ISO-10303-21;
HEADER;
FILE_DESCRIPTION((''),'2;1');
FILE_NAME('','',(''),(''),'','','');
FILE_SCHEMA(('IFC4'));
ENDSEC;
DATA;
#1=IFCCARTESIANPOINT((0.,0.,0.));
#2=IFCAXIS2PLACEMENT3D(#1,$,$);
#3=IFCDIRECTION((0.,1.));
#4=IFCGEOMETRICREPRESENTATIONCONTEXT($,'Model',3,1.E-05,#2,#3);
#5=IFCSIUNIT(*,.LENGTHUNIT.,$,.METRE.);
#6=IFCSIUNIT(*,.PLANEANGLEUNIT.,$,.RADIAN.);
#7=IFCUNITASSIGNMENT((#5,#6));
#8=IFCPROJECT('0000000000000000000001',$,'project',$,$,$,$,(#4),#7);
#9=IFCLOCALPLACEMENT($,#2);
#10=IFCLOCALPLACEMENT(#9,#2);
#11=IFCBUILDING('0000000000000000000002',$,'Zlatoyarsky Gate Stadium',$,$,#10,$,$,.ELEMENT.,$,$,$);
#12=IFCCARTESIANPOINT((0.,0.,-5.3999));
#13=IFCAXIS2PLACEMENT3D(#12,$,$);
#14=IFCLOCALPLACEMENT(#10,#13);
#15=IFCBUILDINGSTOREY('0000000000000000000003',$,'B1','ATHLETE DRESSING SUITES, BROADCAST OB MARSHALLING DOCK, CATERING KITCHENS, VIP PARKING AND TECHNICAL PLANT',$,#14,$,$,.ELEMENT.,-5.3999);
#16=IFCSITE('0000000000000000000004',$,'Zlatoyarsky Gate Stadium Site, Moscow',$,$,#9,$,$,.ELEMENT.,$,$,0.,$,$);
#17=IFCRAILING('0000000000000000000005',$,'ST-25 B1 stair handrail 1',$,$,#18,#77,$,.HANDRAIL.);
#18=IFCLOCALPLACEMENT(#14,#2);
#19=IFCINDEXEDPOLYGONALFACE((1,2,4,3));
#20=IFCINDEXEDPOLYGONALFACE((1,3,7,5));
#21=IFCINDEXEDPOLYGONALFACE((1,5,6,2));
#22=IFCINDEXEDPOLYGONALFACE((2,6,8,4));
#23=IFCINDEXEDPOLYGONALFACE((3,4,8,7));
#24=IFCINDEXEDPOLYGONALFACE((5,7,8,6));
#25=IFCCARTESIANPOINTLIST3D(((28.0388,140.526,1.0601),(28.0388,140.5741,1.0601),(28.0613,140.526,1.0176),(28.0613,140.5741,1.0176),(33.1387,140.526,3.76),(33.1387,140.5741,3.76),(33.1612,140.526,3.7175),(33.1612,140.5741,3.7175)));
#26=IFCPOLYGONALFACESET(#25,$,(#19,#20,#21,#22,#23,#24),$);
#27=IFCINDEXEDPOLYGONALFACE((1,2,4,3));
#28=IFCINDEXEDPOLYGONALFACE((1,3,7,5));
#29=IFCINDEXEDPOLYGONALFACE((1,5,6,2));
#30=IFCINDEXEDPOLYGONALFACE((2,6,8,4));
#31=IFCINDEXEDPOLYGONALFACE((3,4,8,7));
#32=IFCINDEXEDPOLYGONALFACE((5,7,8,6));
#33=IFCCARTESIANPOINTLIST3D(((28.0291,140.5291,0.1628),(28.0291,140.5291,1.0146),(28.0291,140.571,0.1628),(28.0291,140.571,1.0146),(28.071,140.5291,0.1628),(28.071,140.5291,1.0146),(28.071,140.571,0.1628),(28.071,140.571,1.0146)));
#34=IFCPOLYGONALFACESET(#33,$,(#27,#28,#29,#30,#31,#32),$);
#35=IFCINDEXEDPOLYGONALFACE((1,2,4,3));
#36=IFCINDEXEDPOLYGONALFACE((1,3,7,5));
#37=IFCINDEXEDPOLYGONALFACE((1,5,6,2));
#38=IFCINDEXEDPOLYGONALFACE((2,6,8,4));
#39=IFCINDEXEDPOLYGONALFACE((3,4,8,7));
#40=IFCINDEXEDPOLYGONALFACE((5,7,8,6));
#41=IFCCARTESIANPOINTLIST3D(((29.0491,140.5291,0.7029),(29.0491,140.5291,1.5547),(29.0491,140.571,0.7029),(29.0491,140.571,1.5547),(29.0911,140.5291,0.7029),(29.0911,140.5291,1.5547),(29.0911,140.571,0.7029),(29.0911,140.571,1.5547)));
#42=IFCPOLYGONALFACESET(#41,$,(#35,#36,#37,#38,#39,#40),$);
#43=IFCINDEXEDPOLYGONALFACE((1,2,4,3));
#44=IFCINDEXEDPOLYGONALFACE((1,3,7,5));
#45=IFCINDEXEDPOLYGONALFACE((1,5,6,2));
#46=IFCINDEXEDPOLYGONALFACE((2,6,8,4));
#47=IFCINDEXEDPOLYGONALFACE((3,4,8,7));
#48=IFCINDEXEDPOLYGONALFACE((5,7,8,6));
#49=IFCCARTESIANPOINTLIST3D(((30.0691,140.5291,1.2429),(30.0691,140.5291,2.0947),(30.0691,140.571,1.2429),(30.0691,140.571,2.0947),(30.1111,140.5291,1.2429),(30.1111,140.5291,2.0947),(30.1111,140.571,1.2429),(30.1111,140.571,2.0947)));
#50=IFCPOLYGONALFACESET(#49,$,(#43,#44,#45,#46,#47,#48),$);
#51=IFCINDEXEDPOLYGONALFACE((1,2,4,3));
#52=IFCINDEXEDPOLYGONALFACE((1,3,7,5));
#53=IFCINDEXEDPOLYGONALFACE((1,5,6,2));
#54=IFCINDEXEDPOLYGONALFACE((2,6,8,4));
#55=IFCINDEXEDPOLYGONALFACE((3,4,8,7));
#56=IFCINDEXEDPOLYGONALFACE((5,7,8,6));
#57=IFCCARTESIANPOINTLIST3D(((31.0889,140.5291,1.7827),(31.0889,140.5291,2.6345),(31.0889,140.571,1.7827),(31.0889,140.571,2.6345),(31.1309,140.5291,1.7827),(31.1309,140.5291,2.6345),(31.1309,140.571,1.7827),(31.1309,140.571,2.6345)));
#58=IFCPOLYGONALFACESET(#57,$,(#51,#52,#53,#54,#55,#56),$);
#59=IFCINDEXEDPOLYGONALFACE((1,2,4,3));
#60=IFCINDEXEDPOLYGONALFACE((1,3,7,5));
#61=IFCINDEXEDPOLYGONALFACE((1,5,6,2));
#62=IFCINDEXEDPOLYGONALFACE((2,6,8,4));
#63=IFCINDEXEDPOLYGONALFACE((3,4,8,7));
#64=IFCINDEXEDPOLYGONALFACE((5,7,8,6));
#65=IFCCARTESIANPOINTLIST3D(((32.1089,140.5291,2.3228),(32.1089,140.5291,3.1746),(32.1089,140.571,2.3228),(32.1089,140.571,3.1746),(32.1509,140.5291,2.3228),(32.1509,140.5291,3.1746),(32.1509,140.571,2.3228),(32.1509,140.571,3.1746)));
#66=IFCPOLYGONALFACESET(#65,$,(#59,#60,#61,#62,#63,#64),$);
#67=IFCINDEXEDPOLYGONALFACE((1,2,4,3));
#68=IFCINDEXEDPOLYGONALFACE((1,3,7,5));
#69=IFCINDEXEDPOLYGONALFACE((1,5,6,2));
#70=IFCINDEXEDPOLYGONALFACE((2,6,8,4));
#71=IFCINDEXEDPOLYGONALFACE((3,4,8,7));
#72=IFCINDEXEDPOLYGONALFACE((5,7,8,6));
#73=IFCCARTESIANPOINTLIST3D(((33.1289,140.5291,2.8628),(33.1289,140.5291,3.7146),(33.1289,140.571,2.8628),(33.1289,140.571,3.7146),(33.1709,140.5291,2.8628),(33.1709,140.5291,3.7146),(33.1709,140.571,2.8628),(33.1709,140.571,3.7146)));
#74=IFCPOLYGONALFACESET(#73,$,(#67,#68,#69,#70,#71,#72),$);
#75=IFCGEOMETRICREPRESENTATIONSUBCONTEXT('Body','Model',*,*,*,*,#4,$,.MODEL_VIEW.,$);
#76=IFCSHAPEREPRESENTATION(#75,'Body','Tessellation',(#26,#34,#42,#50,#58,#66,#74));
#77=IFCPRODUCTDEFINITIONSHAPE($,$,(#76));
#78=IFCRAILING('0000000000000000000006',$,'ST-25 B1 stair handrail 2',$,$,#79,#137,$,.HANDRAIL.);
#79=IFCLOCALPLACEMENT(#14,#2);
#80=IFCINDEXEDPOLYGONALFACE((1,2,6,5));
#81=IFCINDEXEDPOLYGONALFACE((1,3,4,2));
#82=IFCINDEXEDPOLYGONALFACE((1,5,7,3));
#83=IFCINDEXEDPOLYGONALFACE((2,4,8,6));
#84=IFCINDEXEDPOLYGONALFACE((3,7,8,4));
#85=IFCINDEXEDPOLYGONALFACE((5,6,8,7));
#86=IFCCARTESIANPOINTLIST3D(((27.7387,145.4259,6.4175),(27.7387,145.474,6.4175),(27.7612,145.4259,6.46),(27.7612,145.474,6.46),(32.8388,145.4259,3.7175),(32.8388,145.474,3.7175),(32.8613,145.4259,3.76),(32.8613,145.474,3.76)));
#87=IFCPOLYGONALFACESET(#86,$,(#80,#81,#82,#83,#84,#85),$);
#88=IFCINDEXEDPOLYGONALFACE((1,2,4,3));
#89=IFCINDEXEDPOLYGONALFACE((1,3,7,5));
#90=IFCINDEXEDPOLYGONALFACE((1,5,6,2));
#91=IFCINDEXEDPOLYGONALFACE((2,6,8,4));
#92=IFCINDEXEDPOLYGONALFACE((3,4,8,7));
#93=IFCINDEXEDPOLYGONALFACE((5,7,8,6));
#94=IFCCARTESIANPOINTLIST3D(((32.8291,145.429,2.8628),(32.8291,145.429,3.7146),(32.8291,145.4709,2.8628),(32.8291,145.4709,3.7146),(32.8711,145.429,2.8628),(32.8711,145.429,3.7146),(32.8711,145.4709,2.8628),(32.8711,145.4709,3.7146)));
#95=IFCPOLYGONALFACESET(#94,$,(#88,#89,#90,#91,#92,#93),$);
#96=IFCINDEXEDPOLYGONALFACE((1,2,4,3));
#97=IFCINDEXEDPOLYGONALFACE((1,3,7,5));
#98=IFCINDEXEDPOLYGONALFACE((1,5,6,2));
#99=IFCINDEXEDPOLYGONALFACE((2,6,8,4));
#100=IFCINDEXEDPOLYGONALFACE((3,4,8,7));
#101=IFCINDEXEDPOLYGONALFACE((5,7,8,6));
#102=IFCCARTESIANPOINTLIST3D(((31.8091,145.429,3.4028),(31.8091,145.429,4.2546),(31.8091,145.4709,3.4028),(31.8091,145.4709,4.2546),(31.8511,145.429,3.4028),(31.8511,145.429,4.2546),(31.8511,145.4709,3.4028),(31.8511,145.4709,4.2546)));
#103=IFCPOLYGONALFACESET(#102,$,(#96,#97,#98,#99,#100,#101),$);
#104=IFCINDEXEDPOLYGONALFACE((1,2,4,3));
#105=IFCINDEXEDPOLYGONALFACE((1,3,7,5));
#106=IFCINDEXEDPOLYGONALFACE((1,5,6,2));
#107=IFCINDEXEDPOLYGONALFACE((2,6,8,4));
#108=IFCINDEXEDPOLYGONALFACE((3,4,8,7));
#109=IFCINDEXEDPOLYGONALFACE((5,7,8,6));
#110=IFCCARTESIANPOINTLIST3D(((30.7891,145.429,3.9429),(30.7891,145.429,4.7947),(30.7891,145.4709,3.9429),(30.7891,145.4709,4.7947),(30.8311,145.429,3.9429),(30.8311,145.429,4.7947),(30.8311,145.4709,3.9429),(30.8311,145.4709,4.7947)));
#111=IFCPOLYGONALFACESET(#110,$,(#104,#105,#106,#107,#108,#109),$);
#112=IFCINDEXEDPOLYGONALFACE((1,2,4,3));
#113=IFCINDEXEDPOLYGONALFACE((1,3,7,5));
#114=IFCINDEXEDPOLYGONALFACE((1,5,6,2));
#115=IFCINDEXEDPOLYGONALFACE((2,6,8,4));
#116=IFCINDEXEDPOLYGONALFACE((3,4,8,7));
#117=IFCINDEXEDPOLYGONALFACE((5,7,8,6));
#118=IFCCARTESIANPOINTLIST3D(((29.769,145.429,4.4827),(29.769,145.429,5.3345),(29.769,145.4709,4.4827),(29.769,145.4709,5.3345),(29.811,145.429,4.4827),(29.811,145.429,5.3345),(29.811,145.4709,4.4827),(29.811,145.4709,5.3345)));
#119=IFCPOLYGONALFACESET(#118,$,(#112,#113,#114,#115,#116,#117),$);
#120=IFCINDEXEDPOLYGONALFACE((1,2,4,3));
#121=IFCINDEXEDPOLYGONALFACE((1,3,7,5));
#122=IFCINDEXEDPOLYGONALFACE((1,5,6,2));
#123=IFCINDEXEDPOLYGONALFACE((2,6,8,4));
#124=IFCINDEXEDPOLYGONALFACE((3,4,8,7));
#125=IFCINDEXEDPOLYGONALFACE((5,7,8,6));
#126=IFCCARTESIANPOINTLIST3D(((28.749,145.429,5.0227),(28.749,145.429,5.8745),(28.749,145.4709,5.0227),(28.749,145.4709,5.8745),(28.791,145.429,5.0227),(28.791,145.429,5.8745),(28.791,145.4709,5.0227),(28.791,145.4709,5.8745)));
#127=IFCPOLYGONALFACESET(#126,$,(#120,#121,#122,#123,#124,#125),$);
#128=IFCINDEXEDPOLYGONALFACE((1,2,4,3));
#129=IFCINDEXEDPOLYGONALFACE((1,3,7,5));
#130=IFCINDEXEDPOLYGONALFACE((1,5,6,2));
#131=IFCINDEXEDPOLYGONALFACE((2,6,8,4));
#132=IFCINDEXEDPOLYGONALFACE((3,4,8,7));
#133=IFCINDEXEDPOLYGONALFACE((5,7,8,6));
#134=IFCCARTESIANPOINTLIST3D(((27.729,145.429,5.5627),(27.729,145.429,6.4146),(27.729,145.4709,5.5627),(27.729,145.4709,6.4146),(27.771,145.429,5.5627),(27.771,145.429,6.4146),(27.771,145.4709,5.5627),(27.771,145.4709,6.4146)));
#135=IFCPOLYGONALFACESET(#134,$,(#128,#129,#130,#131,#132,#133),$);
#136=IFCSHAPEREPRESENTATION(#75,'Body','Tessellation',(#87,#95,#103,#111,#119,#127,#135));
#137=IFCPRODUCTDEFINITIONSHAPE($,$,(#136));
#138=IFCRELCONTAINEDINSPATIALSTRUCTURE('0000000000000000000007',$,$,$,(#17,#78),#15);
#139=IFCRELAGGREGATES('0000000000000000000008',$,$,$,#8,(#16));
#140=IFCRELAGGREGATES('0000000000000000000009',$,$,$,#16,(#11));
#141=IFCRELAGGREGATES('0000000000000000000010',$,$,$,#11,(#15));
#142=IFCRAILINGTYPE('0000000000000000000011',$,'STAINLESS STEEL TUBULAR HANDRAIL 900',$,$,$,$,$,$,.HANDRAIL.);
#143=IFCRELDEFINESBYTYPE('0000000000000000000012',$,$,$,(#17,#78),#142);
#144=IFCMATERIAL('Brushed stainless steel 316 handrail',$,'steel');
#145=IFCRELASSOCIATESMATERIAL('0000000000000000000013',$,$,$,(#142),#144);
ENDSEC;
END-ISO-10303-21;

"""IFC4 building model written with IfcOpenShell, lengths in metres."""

from ifc_helpers import new_model, si_unit, direction, frame, origin, origin_2d, place, context, subcontext, project, spatial, rectangle, extrude, material, type_object, element, save


model = new_model("IFC4")

# Units and contexts
model_context = context("Model", 3, precision=1e-05, world=origin(), true_north=direction((0.0, 1.0)))
body_context = subcontext(model_context, "Body", "Model", "MODEL_VIEW")
ifc_project = project(units=[si_unit("LENGTHUNIT", "METRE"), si_unit("PLANEANGLEUNIT", "RADIAN")], contexts=[model_context])

# Site, building, storey
site_placement = place(None, origin())
site = spatial("IfcSite", under=ifc_project, at=site_placement, Name="Zlatoyarsky Gate Stadium Site, Moscow", CompositionType="ELEMENT", RefElevation=0.0)
building_placement = place(site_placement, origin())
building = spatial("IfcBuilding", under=site, at=building_placement, Name="Zlatoyarsky Gate Stadium", CompositionType="ELEMENT")
storey_placement = place(building_placement, frame((0.0, 0.0, -5.3999)))
storey = spatial("IfcBuildingStorey", under=building, at=storey_placement, Name="B1", Description="ATHLETE DRESSING SUITES, BROADCAST OB MARSHALLING DOCK, CATERING KITCHENS, VIP PARKING AND TECHNICAL PLANT", CompositionType="ELEMENT", Elevation=-5.3999)

# Railings
ifc_material_1 = material(Name="Brushed stainless steel 316 handrail", Category="steel")
railing_type_1 = type_object("IfcRailingType", Name="STAINLESS STEEL TUBULAR HANDRAIL 900", PredefinedType="HANDRAIL", material=ifc_material_1)
railing_1_placement = place(storey_placement, frame((28.05, 140.55, 0.1628)))
element("IfcRailing", 1, at=railing_1_placement, inside=storey, type_object=railing_type_1, Name="ST-25 B1 stair handrail 1", PredefinedType="HANDRAIL", context=body_context, shape_type="SweptSolid", body=[
    extrude(rectangle(XDim=0.0481, YDim=0.0481, at=origin_2d()), frame((0.0, 0.0, 0.876), z_axis=(0.883786, 0.0, 0.467892), x_axis=(0.0, 1.0, 0.0)), (0.0, 0.0, 1.0), 5.7705),
    extrude(rectangle(XDim=0.042, YDim=0.042, at=origin_2d()), origin(), (0.0, 0.0, 1.0), 0.8518),
    extrude(rectangle(XDim=0.042, YDim=0.042, at=origin_2d()), frame((1.02, 0.0, 0.54)), (0.0, 0.0, 1.0), 0.8518),
    extrude(rectangle(XDim=0.042, YDim=0.042, at=origin_2d()), frame((2.04, 0.0, 1.0801)), (0.0, 0.0, 1.0), 0.8518),
    extrude(rectangle(XDim=0.042, YDim=0.042, at=origin_2d()), frame((3.0598, 0.0, 1.6199)), (0.0, 0.0, 1.0), 0.8518),
    extrude(rectangle(XDim=0.042, YDim=0.042, at=origin_2d()), frame((4.0798, 0.0, 2.1599)), (0.0, 0.0, 1.0), 0.8518),
    extrude(rectangle(XDim=0.042, YDim=0.042, at=origin_2d()), frame((5.0999, 0.0, 2.7)), (0.0, 0.0, 1.0), 0.8518),
])
railing_2_placement = place(storey_placement, frame((32.8501, 145.45, 2.8628)))
element("IfcRailing", 2, at=railing_2_placement, inside=storey, type_object=railing_type_1, Name="ST-25 B1 stair handrail 2", PredefinedType="HANDRAIL", context=body_context, shape_type="SweptSolid", body=[
    extrude(rectangle(XDim=0.0481, YDim=0.0481, at=origin_2d()), frame((0.0, 0.0, 0.876), z_axis=(-0.883795, 0.0, 0.467874), x_axis=(0.0, -1.0, 0.0)), (0.0, 0.0, 1.0), 5.7708),
    extrude(rectangle(XDim=0.042, YDim=0.042, at=origin_2d()), origin(), (0.0, 0.0, 1.0), 0.8518),
    extrude(rectangle(XDim=0.042, YDim=0.042, at=origin_2d()), frame((-1.02, 0.0, 0.54)), (0.0, 0.0, 1.0), 0.8518),
    extrude(rectangle(XDim=0.042, YDim=0.042, at=origin_2d()), frame((-2.04, 0.0, 1.0801)), (0.0, 0.0, 1.0), 0.8518),
    extrude(rectangle(XDim=0.042, YDim=0.042, at=origin_2d()), frame((-3.0601, 0.0, 1.6199)), (0.0, 0.0, 1.0), 0.8518),
    extrude(rectangle(XDim=0.042, YDim=0.042, at=origin_2d()), frame((-4.0801, 0.0, 2.1599)), (0.0, 0.0, 1.0), 0.8518),
    extrude(rectangle(XDim=0.042, YDim=0.042, at=origin_2d()), frame((-5.1001, 0.0, 2.7)), (0.0, 0.0, 1.0), 0.8518),
])

save(model, "model.ifc")
